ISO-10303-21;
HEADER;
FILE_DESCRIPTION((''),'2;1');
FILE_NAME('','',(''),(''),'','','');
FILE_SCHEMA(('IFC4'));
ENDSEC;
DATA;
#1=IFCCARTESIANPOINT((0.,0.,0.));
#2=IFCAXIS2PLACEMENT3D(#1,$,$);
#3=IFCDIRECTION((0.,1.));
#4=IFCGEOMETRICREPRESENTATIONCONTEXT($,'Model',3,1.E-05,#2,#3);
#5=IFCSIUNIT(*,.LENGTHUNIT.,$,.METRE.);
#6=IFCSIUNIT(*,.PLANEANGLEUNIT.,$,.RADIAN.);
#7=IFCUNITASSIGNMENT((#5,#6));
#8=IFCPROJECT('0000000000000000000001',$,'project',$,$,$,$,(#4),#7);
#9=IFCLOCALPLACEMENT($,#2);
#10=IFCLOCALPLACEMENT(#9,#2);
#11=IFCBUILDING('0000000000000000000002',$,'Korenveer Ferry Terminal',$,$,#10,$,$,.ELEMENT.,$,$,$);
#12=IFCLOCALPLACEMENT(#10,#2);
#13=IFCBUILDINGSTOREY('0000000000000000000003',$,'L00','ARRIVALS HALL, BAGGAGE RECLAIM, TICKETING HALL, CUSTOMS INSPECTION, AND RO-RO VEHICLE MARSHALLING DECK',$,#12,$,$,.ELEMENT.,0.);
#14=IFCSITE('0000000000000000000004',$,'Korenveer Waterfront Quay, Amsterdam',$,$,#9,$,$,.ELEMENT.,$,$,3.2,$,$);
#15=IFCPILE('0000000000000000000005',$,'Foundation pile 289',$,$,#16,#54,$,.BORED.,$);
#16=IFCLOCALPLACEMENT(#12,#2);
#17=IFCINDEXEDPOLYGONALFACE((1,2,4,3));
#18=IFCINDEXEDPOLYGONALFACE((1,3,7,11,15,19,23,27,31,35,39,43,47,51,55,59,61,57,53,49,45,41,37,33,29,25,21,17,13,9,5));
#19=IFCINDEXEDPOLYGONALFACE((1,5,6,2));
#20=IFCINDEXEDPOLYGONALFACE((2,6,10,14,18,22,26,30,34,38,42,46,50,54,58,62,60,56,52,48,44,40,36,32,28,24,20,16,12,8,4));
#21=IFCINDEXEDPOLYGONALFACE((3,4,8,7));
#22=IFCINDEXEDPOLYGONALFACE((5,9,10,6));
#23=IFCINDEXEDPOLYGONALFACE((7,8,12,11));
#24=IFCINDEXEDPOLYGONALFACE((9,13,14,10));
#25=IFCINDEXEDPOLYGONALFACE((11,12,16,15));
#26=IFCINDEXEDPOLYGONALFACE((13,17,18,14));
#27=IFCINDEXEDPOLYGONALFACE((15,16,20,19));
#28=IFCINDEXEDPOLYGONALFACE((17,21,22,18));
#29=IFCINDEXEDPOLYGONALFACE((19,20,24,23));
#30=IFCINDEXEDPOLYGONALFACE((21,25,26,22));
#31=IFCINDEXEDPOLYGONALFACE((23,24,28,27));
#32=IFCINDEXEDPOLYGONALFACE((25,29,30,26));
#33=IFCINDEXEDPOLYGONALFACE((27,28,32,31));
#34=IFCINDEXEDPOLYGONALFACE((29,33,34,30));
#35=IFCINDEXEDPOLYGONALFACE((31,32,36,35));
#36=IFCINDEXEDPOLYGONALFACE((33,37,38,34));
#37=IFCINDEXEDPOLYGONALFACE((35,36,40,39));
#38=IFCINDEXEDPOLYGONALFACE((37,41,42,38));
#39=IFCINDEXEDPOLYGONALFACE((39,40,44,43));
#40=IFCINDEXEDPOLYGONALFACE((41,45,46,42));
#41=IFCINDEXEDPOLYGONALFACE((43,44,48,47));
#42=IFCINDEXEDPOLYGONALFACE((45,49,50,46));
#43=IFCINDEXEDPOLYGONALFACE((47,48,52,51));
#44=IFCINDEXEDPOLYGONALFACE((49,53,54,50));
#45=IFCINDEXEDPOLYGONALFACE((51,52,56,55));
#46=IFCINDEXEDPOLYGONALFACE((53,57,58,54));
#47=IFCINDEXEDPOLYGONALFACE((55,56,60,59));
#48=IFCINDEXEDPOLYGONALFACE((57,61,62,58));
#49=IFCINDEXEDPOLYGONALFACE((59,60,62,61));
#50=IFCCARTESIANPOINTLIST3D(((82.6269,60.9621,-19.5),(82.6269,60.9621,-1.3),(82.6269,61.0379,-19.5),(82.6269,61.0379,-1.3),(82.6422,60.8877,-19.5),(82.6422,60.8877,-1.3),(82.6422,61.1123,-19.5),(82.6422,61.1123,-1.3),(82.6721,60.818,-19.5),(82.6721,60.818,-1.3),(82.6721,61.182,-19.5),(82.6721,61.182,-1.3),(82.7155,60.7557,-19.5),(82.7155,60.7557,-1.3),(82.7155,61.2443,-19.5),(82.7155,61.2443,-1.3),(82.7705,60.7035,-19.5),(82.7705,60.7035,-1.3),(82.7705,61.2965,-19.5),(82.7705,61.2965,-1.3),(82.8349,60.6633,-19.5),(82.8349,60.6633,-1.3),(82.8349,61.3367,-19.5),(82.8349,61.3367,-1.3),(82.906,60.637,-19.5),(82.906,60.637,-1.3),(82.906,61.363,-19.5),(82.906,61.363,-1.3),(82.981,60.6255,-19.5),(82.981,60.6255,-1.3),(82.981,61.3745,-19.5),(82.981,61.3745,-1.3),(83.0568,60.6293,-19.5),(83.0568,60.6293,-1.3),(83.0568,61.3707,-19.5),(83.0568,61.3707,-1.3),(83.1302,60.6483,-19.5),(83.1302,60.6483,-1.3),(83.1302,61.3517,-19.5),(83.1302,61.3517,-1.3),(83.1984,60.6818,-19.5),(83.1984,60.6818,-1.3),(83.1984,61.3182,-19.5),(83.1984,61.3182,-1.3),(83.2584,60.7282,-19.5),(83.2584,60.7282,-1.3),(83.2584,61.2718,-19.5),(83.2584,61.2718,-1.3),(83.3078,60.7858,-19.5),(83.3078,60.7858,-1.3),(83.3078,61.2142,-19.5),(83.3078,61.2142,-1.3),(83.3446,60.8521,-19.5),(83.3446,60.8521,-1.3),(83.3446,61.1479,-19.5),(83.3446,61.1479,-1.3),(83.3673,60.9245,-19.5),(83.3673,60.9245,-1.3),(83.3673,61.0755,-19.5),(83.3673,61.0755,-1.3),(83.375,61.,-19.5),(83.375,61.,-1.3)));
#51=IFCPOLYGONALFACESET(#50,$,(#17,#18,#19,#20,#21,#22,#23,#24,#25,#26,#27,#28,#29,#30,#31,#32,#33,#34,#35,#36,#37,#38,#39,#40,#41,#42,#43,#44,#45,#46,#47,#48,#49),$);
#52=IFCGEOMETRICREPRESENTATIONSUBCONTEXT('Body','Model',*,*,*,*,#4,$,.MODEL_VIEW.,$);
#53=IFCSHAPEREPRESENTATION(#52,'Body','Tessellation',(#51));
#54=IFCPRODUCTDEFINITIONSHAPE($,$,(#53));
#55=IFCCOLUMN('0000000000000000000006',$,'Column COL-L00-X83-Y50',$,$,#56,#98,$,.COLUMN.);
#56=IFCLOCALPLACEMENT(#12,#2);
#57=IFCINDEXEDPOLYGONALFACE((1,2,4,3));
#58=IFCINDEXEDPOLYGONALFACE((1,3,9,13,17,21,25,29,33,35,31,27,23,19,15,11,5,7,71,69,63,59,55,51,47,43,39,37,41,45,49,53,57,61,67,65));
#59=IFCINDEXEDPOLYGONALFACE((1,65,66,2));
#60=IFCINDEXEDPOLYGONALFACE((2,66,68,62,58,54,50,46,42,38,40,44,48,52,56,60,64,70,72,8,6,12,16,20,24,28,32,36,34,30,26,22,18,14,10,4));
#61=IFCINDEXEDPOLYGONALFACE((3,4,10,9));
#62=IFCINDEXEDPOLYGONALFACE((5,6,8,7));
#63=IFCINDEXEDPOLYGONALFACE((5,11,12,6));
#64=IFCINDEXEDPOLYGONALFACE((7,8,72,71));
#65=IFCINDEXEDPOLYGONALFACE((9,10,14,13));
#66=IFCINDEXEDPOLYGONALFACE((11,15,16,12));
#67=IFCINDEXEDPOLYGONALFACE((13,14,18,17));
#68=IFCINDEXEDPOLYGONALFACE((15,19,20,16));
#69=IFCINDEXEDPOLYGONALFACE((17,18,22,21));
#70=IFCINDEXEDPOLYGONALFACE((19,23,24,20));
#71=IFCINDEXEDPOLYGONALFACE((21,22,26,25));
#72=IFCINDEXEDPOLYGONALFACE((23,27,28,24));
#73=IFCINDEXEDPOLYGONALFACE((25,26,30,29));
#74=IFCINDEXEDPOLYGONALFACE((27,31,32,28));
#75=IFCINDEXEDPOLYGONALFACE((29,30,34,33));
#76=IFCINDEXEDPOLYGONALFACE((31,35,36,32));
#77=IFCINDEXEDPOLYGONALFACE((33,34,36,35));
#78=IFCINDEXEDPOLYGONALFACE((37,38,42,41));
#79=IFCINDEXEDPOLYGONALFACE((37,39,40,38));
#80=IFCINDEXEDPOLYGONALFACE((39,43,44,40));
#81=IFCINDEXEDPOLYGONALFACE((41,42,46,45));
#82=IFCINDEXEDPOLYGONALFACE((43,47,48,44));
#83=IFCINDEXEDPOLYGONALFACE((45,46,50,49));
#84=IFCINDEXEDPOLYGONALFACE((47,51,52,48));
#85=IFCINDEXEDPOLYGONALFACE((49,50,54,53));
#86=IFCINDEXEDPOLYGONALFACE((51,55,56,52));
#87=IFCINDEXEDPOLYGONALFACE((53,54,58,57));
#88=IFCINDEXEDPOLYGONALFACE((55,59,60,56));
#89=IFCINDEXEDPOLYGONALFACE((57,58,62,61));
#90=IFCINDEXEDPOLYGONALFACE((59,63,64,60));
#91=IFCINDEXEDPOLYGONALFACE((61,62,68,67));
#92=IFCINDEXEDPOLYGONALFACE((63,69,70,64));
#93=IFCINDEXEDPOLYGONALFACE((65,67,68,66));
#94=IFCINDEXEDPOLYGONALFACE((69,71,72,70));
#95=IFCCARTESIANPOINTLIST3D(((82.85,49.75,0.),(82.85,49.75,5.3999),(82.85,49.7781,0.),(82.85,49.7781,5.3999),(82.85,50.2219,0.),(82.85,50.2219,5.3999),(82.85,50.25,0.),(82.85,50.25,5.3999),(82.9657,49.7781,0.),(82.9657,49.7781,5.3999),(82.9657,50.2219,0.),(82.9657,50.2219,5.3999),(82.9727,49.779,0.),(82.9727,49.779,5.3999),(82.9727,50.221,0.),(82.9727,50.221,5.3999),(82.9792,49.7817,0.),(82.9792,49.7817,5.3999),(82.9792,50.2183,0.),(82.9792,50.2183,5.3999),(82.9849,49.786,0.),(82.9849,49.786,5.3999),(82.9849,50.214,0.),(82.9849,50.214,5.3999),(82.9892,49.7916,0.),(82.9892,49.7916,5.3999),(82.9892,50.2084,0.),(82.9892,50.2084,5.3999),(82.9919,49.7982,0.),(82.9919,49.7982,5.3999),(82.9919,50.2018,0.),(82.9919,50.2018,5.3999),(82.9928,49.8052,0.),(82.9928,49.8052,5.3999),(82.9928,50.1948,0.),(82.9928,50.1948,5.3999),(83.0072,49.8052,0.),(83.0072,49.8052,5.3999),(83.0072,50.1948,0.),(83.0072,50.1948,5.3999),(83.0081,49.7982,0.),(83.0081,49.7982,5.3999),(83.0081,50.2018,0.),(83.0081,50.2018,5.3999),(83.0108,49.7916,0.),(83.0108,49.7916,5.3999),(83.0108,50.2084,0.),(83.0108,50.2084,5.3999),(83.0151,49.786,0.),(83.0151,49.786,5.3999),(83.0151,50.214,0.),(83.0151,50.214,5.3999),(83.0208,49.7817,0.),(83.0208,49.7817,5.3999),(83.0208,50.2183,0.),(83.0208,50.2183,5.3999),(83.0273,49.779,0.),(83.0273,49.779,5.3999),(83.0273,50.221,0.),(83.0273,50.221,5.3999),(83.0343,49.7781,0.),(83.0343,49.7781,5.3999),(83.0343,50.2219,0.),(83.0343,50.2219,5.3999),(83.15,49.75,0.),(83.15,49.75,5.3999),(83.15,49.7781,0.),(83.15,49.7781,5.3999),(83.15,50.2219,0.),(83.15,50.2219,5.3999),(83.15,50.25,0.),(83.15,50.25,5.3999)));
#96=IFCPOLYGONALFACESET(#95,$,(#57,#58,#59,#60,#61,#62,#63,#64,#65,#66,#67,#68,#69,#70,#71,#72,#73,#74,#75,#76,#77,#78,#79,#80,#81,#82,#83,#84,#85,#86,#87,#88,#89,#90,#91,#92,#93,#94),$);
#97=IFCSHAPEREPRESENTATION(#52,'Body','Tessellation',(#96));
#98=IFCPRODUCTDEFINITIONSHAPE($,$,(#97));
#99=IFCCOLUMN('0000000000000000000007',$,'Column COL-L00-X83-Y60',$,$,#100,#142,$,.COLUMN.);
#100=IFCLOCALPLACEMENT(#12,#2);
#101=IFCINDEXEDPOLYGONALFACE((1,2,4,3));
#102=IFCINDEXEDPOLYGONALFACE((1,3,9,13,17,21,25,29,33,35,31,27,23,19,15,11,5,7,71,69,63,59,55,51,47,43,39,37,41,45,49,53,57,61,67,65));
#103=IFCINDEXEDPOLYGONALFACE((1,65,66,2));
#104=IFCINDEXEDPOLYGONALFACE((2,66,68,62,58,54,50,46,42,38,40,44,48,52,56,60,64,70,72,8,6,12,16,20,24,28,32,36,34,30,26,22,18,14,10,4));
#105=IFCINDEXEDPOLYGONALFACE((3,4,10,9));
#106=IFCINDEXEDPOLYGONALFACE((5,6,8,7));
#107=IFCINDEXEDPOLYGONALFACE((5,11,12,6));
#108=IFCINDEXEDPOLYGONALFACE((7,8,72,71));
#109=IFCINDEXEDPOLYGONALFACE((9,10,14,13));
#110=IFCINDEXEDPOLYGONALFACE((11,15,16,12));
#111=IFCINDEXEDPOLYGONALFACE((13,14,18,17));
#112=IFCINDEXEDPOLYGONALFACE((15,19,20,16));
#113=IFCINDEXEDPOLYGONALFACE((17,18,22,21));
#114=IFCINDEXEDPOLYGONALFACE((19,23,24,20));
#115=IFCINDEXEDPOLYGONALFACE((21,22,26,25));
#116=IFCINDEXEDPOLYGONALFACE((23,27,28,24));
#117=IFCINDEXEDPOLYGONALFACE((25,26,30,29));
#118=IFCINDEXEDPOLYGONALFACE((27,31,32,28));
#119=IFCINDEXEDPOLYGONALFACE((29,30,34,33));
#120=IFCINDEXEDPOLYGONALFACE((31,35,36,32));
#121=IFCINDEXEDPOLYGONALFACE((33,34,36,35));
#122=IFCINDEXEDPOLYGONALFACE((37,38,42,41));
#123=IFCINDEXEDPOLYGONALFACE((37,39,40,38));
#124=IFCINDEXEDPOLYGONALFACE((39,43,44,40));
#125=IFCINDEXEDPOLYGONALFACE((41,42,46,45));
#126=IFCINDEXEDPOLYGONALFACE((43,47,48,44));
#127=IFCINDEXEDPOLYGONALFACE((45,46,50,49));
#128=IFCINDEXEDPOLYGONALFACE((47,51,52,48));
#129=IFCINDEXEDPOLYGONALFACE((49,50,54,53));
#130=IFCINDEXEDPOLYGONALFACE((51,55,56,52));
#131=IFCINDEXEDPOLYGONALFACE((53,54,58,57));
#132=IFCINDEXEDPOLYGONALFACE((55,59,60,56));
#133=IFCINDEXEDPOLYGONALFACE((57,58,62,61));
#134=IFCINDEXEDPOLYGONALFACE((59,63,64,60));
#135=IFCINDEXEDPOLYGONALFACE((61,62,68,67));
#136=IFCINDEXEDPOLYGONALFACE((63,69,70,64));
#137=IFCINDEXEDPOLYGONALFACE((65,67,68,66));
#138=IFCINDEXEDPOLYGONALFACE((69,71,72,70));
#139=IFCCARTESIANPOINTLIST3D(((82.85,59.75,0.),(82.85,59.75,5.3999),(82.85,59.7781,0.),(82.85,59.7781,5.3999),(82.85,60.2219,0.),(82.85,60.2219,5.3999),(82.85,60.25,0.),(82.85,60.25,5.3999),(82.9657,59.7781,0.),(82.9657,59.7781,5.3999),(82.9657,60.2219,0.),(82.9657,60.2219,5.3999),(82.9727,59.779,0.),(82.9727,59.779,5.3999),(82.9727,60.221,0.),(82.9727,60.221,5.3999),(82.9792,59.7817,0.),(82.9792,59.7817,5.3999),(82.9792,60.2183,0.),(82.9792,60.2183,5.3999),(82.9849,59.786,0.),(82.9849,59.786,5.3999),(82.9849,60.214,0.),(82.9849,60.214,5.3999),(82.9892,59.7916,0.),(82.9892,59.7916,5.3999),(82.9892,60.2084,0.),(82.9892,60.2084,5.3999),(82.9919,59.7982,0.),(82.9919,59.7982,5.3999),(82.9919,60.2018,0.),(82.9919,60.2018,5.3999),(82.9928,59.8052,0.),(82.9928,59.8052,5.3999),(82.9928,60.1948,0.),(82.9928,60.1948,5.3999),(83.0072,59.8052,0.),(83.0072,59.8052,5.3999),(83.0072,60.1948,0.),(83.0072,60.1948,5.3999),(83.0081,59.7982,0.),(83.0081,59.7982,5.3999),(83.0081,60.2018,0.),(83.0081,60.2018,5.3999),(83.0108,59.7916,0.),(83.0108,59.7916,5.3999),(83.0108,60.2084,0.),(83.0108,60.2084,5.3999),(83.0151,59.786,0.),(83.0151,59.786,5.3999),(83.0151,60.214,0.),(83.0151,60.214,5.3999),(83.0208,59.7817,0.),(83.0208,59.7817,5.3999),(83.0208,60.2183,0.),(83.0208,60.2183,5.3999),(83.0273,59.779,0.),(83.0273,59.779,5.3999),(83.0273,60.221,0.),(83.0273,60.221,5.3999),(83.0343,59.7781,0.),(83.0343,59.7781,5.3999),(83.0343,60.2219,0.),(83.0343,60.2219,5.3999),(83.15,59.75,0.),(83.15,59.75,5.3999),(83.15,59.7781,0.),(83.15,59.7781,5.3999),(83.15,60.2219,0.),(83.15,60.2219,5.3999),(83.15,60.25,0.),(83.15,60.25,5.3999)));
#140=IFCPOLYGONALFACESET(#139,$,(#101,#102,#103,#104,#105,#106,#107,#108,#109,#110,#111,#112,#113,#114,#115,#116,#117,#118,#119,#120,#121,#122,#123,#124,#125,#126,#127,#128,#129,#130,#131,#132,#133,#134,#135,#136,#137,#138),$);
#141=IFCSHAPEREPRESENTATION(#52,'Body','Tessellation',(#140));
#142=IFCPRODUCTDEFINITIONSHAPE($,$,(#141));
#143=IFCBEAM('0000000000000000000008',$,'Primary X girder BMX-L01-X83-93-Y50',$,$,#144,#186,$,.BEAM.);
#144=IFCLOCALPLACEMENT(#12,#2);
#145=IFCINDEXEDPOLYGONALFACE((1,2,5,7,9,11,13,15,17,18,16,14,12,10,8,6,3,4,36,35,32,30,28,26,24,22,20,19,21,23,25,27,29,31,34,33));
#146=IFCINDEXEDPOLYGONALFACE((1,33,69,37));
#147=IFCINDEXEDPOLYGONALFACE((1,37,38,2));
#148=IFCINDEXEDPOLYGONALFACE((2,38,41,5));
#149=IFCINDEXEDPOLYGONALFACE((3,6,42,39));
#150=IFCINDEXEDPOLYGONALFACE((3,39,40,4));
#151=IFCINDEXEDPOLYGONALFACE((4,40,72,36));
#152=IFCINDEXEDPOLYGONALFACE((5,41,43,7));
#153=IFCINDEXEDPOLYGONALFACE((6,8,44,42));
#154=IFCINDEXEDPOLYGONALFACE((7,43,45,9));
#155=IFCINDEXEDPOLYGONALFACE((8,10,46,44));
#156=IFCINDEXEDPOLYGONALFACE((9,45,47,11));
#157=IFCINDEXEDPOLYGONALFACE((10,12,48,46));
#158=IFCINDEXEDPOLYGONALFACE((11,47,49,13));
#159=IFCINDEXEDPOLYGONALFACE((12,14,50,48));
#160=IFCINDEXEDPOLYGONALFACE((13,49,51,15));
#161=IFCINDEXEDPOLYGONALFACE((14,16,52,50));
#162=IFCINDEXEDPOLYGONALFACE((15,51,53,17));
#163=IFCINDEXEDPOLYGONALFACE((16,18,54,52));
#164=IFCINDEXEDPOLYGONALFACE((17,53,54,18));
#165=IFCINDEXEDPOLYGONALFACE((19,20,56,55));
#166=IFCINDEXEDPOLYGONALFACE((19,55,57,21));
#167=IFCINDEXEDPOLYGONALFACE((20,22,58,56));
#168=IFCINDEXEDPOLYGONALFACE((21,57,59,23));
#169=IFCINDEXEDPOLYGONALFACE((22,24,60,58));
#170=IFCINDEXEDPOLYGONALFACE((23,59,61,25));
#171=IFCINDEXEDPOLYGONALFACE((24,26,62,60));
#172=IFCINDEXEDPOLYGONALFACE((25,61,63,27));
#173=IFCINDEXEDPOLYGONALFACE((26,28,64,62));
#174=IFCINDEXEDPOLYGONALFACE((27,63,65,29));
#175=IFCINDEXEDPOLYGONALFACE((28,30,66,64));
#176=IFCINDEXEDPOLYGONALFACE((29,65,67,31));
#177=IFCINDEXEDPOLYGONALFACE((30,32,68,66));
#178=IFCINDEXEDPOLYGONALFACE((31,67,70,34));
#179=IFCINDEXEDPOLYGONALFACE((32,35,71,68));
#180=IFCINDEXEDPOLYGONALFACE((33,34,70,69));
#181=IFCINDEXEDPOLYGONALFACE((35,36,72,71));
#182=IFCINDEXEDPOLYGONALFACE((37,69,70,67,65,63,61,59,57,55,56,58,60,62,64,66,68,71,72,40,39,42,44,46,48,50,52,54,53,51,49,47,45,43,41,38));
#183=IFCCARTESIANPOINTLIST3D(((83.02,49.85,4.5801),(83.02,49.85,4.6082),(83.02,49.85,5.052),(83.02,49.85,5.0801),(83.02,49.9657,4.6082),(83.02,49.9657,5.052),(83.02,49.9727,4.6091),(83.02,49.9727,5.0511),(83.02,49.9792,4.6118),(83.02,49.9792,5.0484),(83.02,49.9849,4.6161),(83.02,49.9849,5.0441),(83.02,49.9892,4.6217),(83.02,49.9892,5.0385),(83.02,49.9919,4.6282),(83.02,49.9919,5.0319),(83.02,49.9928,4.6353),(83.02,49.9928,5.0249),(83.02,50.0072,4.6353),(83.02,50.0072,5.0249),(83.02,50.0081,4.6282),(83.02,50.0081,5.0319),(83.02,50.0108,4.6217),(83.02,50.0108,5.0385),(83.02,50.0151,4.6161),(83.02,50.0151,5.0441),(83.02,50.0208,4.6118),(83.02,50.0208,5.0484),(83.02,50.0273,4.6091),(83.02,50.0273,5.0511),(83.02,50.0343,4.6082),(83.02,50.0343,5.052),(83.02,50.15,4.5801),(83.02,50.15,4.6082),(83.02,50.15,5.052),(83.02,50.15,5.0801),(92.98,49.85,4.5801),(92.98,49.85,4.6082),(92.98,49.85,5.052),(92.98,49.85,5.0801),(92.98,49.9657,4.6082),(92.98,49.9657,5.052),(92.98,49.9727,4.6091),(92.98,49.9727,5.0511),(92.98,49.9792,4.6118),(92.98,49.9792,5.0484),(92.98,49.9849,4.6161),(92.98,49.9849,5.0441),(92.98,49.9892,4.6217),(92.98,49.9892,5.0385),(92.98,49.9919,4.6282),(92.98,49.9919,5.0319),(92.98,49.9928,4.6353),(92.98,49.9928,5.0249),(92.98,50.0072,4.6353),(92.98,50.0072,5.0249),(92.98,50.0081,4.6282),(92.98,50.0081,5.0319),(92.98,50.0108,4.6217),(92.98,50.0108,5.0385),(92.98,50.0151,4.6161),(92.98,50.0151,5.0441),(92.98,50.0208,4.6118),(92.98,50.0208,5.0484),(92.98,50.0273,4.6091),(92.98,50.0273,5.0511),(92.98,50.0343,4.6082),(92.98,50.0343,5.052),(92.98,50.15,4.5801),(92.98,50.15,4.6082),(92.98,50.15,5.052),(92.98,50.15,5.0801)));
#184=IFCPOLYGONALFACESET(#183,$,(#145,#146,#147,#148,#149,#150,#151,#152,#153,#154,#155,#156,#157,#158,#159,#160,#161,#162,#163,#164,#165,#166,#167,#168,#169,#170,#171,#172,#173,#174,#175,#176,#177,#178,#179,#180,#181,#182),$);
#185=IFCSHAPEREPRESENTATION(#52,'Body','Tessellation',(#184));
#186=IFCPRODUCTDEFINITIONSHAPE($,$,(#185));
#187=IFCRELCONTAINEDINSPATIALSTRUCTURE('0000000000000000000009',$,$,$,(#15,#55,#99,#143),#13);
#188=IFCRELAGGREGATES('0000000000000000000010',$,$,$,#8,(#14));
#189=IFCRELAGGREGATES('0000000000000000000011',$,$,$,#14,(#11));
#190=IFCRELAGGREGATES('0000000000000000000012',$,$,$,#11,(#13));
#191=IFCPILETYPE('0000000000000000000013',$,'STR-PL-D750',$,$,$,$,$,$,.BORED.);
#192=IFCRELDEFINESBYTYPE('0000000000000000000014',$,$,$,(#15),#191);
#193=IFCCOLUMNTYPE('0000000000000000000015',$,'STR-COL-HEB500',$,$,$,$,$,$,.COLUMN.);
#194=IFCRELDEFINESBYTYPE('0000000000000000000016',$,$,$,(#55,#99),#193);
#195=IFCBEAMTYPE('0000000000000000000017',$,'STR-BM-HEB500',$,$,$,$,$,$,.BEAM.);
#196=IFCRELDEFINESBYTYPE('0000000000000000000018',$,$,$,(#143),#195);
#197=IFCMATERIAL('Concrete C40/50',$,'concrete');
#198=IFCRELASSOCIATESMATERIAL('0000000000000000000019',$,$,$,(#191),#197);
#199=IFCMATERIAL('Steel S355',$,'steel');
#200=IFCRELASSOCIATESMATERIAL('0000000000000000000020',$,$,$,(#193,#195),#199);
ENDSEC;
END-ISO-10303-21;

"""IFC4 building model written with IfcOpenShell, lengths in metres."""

from ifc_helpers import new_model, si_unit, direction, frame, origin, origin_2d, place, context, subcontext, project, spatial, circle, i_section, extrude, material, material_profile, profile_set, type_object, element, save


model = new_model("IFC4")

# Units and contexts
model_context = context("Model", 3, precision=1e-05, world=origin(), true_north=direction((0.0, 1.0)))
body_context = subcontext(model_context, "Body", "Model", "MODEL_VIEW")
ifc_project = project(units=[si_unit("LENGTHUNIT", "METRE"), si_unit("PLANEANGLEUNIT", "RADIAN")], contexts=[model_context])

# Site, building, storey
site_placement = place(None, origin())
site = spatial("IfcSite", under=ifc_project, at=site_placement, Name="Korenveer Waterfront Quay, Amsterdam", CompositionType="ELEMENT", RefElevation=3.2)
building_placement = place(site_placement, origin())
building = spatial("IfcBuilding", under=site, at=building_placement, Name="Korenveer Ferry Terminal", CompositionType="ELEMENT")
storey_placement = place(building_placement, origin())
storey = spatial("IfcBuildingStorey", under=building, at=storey_placement, Name="L00", Description="ARRIVALS HALL, BAGGAGE RECLAIM, TICKETING HALL, CUSTOMS INSPECTION, AND RO-RO VEHICLE MARSHALLING DECK", CompositionType="ELEMENT", Elevation=0.0)

# Shared definitions
ifc_material_1 = material(Name="Concrete C40/50", Category="concrete")

# Pile
ifc_material_profile_1 = material_profile(ifc_material_1, circle(Radius=0.375, at=origin_2d()), Name="PILE D750")
ifc_profile_set_1 = profile_set([ifc_material_profile_1], Name="Concrete C40/50")
pile_type = type_object("IfcPileType", Name="STR-PL-D750", PredefinedType="BORED", material=ifc_profile_set_1)
for number, where, z_axis, x_axis, name in (
    (1, (83.0, 61.0, -1.3), (0.0, 0.0, -1.0), (1.0, 0.0, 0.0), "Foundation pile 289"),
):
    element("IfcPile", number, at=place(storey_placement, frame(where, z_axis=z_axis, x_axis=x_axis)), inside=storey, type_object=pile_type, Name=name, PredefinedType="BORED", context=body_context, shape_type="SweptSolid", body=[
        extrude(circle(Radius=0.375, at=origin_2d()), origin(), (0.0, 0.0, 1.0), 18.2),
    ])

# Columns
ifc_material_2 = material(Name="Steel S355", Category="steel")
ifc_material_profile_2 = material_profile(ifc_material_2, i_section(OverallWidth=0.3, OverallDepth=0.5, WebThickness=0.0144, FlangeThickness=0.0281, FilletRadius=0.0271, at=origin_2d()), Name="HEB 500")
ifc_profile_set_2 = profile_set([ifc_material_profile_2], Name="Steel S355")
column_type = type_object("IfcColumnType", Name="STR-COL-HEB500", PredefinedType="COLUMN", material=ifc_profile_set_2)
for number, where, z_axis, x_axis, name in (
    (2, (83.0, 50.0, 0.0), (0.0, 0.0, 1.0), (1.0, 0.0, 0.0), "Column COL-L00-X83-Y50"),
    (3, (83.0, 60.0, 0.0), (0.0, 0.0, 1.0), (1.0, 0.0, 0.0), "Column COL-L00-X83-Y60"),
):
    element("IfcColumn", number, at=place(storey_placement, frame(where, z_axis=z_axis, x_axis=x_axis)), inside=storey, type_object=column_type, Name=name, PredefinedType="COLUMN", context=body_context, shape_type="SweptSolid", body=[
        extrude(i_section(OverallWidth=0.3, OverallDepth=0.5, WebThickness=0.0144, FlangeThickness=0.0281, FilletRadius=0.0271, at=origin_2d()), origin(), (0.0, 0.0, 1.0), 5.3999),
    ])

# Beam
ifc_material_profile_3 = material_profile(ifc_material_2, i_section(OverallWidth=0.3, OverallDepth=0.5, WebThickness=0.0144, FlangeThickness=0.0281, FilletRadius=0.0271, at=origin_2d()), Name="HEB 500")
ifc_profile_set_3 = profile_set([ifc_material_profile_3], Name="Steel S355")
beam_type_1 = type_object("IfcBeamType", Name="STR-BM-HEB500", PredefinedType="BEAM", material=ifc_profile_set_3)
for number, where, z_axis, x_axis, name in (
    (4, (83.02, 50.0, 4.8301), (1.0, 0.0, 0.0), (0.0, 1.0, 0.0), "Primary X girder BMX-L01-X83-93-Y50"),
):
    element("IfcBeam", number, at=place(storey_placement, frame(where, z_axis=z_axis, x_axis=x_axis)), inside=storey, type_object=beam_type_1, Name=name, PredefinedType="BEAM", context=body_context, shape_type="SweptSolid", body=[
        extrude(i_section(OverallWidth=0.3, OverallDepth=0.5, WebThickness=0.0144, FlangeThickness=0.0281, FilletRadius=0.0271, at=origin_2d()), origin(), (0.0, 0.0, 1.0), 9.96),
    ])

save(model, "model.ifc")
